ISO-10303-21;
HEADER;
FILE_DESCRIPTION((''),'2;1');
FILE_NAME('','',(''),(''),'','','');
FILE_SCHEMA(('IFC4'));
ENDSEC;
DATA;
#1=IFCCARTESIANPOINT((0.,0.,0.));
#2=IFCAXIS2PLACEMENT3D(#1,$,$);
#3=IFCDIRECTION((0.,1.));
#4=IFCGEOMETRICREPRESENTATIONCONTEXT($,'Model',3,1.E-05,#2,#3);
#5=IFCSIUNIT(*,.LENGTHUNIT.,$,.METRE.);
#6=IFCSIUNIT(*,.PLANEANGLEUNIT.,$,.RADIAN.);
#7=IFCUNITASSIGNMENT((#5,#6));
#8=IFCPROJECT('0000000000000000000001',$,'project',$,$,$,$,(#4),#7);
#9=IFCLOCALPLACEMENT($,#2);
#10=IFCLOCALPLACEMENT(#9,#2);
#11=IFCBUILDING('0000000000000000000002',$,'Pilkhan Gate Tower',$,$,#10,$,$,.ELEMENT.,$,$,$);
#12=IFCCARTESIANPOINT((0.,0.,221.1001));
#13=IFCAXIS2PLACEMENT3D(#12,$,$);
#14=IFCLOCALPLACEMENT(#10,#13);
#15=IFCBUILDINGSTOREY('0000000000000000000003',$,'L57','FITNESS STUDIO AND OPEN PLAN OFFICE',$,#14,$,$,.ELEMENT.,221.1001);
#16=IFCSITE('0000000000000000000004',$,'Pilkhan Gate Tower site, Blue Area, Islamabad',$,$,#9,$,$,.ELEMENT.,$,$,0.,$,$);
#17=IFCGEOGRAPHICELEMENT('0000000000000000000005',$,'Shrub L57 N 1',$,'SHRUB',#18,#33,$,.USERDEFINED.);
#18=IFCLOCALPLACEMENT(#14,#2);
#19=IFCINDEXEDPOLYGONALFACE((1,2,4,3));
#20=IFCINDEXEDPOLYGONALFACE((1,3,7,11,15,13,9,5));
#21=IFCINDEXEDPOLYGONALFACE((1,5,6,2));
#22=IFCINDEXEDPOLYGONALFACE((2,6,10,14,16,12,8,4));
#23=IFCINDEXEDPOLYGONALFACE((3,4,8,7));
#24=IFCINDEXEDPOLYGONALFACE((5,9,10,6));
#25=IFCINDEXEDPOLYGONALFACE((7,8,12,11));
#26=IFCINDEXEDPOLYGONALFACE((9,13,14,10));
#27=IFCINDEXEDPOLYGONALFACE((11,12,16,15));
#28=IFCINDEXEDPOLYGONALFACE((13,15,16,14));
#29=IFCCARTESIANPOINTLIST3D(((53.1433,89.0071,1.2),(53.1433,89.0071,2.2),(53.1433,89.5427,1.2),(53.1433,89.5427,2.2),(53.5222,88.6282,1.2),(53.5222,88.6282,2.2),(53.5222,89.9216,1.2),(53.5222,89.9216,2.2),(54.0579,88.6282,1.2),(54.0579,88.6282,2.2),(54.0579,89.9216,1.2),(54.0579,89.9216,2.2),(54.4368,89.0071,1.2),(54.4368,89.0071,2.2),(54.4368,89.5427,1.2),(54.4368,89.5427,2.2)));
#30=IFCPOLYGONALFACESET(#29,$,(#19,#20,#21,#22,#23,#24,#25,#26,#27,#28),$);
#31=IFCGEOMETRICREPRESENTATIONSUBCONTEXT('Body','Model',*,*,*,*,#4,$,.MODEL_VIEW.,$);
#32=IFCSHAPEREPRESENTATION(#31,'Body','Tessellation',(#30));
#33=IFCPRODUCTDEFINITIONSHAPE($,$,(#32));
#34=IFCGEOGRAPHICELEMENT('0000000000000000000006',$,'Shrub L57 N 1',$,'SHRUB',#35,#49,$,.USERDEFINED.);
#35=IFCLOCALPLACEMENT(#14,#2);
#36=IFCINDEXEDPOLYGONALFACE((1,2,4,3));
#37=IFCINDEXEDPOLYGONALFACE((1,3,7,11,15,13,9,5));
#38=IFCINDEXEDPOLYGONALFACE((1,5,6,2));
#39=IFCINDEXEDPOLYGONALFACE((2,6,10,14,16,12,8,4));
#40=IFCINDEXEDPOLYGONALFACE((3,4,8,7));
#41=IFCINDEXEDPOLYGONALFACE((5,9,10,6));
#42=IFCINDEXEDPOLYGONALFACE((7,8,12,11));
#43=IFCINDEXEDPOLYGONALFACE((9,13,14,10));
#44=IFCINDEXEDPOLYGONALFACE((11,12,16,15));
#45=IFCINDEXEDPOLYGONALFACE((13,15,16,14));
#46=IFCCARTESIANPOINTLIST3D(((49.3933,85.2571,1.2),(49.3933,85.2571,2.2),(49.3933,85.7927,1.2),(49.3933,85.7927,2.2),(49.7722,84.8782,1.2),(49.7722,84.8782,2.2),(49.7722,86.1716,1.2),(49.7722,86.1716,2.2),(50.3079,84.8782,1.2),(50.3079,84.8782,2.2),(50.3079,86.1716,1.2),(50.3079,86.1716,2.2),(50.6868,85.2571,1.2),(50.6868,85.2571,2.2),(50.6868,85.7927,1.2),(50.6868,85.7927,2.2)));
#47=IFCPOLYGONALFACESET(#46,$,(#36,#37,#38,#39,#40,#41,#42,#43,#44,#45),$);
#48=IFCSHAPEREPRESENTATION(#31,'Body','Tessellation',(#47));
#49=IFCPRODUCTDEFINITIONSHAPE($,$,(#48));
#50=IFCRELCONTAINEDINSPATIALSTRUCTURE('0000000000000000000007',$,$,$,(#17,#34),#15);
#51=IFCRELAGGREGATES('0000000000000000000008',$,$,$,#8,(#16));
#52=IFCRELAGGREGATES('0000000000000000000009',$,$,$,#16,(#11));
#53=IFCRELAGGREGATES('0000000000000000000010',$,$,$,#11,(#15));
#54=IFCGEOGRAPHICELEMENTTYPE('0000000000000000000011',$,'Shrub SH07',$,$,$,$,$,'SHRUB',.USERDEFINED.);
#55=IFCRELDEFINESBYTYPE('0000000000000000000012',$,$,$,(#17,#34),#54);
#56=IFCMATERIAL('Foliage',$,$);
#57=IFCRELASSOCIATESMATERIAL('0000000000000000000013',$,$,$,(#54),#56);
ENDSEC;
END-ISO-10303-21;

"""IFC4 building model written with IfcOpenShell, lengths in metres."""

from ifc_helpers import new_model, si_unit, direction, frame, origin, place, context, subcontext, project, spatial, polyline, outline, extrude, material, material_profile, profile_set, type_object, element, save


model = new_model("IFC4")

# Units and contexts
model_context = context("Model", 3, precision=1e-05, world=origin(), true_north=direction((0.0, 1.0)))
body_context = subcontext(model_context, "Body", "Model", "MODEL_VIEW")
ifc_project = project(units=[si_unit("LENGTHUNIT", "METRE"), si_unit("PLANEANGLEUNIT", "RADIAN")], contexts=[model_context])

# Site, building, storey
site_placement = place(None, origin())
site = spatial("IfcSite", under=ifc_project, at=site_placement, Name="Pilkhan Gate Tower site, Blue Area, Islamabad", CompositionType="ELEMENT", RefElevation=0.0)
building_placement = place(site_placement, origin())
building = spatial("IfcBuilding", under=site, at=building_placement, Name="Pilkhan Gate Tower", CompositionType="ELEMENT")
storey_placement = place(building_placement, frame((0.0, 0.0, 221.1001)))
storey = spatial("IfcBuildingStorey", under=building, at=storey_placement, Name="L57", Description="FITNESS STUDIO AND OPEN PLAN OFFICE", CompositionType="ELEMENT", Elevation=221.1001)

# Geographic elements
ifc_material_1 = material(Name="Foliage")
ifc_material_profile_1 = material_profile(ifc_material_1, outline(polyline([(0.6467, 0.2678), (0.2678, 0.6467), (-0.2678, 0.6467), (-0.6467, 0.2678), (-0.6467, -0.2678), (-0.2678, -0.6467), (0.2678, -0.6467), (0.6467, -0.2678), (0.6467, 0.2678)])), Name="Shrub D1.4")
ifc_profile_set_1 = profile_set([ifc_material_profile_1], Name="Foliage")
geographic_element_type_1 = type_object("IfcGeographicElementType", Name="Shrub SH07", ElementType="SHRUB", PredefinedType="USERDEFINED", material=ifc_profile_set_1)
for number, where, z_axis, x_axis, name in (
    (1, (53.79, 89.2749, 1.2), (0.0, 0.0, 1.0), (1.0, 0.0, 0.0), "Shrub L57 N 1"),
    (2, (50.04, 85.5249, 1.2), (0.0, 0.0, 1.0), (1.0, 0.0, 0.0), "Shrub L57 N 1"),
):
    element("IfcGeographicElement", number, at=place(storey_placement, frame(where, z_axis=z_axis, x_axis=x_axis)), inside=storey, type_object=geographic_element_type_1, Name=name, ObjectType="SHRUB", PredefinedType="USERDEFINED", context=body_context, shape_type="SweptSolid", body=[
        extrude(outline(polyline([(0.6467, 0.2678), (0.2678, 0.6467), (-0.2678, 0.6467), (-0.6467, 0.2678), (-0.6467, -0.2678), (-0.2678, -0.6467), (0.2678, -0.6467), (0.6467, -0.2678), (0.6467, 0.2678)])), origin(), (0.0, 0.0, 1.0), 1.0),
    ])

save(model, "model.ifc")
